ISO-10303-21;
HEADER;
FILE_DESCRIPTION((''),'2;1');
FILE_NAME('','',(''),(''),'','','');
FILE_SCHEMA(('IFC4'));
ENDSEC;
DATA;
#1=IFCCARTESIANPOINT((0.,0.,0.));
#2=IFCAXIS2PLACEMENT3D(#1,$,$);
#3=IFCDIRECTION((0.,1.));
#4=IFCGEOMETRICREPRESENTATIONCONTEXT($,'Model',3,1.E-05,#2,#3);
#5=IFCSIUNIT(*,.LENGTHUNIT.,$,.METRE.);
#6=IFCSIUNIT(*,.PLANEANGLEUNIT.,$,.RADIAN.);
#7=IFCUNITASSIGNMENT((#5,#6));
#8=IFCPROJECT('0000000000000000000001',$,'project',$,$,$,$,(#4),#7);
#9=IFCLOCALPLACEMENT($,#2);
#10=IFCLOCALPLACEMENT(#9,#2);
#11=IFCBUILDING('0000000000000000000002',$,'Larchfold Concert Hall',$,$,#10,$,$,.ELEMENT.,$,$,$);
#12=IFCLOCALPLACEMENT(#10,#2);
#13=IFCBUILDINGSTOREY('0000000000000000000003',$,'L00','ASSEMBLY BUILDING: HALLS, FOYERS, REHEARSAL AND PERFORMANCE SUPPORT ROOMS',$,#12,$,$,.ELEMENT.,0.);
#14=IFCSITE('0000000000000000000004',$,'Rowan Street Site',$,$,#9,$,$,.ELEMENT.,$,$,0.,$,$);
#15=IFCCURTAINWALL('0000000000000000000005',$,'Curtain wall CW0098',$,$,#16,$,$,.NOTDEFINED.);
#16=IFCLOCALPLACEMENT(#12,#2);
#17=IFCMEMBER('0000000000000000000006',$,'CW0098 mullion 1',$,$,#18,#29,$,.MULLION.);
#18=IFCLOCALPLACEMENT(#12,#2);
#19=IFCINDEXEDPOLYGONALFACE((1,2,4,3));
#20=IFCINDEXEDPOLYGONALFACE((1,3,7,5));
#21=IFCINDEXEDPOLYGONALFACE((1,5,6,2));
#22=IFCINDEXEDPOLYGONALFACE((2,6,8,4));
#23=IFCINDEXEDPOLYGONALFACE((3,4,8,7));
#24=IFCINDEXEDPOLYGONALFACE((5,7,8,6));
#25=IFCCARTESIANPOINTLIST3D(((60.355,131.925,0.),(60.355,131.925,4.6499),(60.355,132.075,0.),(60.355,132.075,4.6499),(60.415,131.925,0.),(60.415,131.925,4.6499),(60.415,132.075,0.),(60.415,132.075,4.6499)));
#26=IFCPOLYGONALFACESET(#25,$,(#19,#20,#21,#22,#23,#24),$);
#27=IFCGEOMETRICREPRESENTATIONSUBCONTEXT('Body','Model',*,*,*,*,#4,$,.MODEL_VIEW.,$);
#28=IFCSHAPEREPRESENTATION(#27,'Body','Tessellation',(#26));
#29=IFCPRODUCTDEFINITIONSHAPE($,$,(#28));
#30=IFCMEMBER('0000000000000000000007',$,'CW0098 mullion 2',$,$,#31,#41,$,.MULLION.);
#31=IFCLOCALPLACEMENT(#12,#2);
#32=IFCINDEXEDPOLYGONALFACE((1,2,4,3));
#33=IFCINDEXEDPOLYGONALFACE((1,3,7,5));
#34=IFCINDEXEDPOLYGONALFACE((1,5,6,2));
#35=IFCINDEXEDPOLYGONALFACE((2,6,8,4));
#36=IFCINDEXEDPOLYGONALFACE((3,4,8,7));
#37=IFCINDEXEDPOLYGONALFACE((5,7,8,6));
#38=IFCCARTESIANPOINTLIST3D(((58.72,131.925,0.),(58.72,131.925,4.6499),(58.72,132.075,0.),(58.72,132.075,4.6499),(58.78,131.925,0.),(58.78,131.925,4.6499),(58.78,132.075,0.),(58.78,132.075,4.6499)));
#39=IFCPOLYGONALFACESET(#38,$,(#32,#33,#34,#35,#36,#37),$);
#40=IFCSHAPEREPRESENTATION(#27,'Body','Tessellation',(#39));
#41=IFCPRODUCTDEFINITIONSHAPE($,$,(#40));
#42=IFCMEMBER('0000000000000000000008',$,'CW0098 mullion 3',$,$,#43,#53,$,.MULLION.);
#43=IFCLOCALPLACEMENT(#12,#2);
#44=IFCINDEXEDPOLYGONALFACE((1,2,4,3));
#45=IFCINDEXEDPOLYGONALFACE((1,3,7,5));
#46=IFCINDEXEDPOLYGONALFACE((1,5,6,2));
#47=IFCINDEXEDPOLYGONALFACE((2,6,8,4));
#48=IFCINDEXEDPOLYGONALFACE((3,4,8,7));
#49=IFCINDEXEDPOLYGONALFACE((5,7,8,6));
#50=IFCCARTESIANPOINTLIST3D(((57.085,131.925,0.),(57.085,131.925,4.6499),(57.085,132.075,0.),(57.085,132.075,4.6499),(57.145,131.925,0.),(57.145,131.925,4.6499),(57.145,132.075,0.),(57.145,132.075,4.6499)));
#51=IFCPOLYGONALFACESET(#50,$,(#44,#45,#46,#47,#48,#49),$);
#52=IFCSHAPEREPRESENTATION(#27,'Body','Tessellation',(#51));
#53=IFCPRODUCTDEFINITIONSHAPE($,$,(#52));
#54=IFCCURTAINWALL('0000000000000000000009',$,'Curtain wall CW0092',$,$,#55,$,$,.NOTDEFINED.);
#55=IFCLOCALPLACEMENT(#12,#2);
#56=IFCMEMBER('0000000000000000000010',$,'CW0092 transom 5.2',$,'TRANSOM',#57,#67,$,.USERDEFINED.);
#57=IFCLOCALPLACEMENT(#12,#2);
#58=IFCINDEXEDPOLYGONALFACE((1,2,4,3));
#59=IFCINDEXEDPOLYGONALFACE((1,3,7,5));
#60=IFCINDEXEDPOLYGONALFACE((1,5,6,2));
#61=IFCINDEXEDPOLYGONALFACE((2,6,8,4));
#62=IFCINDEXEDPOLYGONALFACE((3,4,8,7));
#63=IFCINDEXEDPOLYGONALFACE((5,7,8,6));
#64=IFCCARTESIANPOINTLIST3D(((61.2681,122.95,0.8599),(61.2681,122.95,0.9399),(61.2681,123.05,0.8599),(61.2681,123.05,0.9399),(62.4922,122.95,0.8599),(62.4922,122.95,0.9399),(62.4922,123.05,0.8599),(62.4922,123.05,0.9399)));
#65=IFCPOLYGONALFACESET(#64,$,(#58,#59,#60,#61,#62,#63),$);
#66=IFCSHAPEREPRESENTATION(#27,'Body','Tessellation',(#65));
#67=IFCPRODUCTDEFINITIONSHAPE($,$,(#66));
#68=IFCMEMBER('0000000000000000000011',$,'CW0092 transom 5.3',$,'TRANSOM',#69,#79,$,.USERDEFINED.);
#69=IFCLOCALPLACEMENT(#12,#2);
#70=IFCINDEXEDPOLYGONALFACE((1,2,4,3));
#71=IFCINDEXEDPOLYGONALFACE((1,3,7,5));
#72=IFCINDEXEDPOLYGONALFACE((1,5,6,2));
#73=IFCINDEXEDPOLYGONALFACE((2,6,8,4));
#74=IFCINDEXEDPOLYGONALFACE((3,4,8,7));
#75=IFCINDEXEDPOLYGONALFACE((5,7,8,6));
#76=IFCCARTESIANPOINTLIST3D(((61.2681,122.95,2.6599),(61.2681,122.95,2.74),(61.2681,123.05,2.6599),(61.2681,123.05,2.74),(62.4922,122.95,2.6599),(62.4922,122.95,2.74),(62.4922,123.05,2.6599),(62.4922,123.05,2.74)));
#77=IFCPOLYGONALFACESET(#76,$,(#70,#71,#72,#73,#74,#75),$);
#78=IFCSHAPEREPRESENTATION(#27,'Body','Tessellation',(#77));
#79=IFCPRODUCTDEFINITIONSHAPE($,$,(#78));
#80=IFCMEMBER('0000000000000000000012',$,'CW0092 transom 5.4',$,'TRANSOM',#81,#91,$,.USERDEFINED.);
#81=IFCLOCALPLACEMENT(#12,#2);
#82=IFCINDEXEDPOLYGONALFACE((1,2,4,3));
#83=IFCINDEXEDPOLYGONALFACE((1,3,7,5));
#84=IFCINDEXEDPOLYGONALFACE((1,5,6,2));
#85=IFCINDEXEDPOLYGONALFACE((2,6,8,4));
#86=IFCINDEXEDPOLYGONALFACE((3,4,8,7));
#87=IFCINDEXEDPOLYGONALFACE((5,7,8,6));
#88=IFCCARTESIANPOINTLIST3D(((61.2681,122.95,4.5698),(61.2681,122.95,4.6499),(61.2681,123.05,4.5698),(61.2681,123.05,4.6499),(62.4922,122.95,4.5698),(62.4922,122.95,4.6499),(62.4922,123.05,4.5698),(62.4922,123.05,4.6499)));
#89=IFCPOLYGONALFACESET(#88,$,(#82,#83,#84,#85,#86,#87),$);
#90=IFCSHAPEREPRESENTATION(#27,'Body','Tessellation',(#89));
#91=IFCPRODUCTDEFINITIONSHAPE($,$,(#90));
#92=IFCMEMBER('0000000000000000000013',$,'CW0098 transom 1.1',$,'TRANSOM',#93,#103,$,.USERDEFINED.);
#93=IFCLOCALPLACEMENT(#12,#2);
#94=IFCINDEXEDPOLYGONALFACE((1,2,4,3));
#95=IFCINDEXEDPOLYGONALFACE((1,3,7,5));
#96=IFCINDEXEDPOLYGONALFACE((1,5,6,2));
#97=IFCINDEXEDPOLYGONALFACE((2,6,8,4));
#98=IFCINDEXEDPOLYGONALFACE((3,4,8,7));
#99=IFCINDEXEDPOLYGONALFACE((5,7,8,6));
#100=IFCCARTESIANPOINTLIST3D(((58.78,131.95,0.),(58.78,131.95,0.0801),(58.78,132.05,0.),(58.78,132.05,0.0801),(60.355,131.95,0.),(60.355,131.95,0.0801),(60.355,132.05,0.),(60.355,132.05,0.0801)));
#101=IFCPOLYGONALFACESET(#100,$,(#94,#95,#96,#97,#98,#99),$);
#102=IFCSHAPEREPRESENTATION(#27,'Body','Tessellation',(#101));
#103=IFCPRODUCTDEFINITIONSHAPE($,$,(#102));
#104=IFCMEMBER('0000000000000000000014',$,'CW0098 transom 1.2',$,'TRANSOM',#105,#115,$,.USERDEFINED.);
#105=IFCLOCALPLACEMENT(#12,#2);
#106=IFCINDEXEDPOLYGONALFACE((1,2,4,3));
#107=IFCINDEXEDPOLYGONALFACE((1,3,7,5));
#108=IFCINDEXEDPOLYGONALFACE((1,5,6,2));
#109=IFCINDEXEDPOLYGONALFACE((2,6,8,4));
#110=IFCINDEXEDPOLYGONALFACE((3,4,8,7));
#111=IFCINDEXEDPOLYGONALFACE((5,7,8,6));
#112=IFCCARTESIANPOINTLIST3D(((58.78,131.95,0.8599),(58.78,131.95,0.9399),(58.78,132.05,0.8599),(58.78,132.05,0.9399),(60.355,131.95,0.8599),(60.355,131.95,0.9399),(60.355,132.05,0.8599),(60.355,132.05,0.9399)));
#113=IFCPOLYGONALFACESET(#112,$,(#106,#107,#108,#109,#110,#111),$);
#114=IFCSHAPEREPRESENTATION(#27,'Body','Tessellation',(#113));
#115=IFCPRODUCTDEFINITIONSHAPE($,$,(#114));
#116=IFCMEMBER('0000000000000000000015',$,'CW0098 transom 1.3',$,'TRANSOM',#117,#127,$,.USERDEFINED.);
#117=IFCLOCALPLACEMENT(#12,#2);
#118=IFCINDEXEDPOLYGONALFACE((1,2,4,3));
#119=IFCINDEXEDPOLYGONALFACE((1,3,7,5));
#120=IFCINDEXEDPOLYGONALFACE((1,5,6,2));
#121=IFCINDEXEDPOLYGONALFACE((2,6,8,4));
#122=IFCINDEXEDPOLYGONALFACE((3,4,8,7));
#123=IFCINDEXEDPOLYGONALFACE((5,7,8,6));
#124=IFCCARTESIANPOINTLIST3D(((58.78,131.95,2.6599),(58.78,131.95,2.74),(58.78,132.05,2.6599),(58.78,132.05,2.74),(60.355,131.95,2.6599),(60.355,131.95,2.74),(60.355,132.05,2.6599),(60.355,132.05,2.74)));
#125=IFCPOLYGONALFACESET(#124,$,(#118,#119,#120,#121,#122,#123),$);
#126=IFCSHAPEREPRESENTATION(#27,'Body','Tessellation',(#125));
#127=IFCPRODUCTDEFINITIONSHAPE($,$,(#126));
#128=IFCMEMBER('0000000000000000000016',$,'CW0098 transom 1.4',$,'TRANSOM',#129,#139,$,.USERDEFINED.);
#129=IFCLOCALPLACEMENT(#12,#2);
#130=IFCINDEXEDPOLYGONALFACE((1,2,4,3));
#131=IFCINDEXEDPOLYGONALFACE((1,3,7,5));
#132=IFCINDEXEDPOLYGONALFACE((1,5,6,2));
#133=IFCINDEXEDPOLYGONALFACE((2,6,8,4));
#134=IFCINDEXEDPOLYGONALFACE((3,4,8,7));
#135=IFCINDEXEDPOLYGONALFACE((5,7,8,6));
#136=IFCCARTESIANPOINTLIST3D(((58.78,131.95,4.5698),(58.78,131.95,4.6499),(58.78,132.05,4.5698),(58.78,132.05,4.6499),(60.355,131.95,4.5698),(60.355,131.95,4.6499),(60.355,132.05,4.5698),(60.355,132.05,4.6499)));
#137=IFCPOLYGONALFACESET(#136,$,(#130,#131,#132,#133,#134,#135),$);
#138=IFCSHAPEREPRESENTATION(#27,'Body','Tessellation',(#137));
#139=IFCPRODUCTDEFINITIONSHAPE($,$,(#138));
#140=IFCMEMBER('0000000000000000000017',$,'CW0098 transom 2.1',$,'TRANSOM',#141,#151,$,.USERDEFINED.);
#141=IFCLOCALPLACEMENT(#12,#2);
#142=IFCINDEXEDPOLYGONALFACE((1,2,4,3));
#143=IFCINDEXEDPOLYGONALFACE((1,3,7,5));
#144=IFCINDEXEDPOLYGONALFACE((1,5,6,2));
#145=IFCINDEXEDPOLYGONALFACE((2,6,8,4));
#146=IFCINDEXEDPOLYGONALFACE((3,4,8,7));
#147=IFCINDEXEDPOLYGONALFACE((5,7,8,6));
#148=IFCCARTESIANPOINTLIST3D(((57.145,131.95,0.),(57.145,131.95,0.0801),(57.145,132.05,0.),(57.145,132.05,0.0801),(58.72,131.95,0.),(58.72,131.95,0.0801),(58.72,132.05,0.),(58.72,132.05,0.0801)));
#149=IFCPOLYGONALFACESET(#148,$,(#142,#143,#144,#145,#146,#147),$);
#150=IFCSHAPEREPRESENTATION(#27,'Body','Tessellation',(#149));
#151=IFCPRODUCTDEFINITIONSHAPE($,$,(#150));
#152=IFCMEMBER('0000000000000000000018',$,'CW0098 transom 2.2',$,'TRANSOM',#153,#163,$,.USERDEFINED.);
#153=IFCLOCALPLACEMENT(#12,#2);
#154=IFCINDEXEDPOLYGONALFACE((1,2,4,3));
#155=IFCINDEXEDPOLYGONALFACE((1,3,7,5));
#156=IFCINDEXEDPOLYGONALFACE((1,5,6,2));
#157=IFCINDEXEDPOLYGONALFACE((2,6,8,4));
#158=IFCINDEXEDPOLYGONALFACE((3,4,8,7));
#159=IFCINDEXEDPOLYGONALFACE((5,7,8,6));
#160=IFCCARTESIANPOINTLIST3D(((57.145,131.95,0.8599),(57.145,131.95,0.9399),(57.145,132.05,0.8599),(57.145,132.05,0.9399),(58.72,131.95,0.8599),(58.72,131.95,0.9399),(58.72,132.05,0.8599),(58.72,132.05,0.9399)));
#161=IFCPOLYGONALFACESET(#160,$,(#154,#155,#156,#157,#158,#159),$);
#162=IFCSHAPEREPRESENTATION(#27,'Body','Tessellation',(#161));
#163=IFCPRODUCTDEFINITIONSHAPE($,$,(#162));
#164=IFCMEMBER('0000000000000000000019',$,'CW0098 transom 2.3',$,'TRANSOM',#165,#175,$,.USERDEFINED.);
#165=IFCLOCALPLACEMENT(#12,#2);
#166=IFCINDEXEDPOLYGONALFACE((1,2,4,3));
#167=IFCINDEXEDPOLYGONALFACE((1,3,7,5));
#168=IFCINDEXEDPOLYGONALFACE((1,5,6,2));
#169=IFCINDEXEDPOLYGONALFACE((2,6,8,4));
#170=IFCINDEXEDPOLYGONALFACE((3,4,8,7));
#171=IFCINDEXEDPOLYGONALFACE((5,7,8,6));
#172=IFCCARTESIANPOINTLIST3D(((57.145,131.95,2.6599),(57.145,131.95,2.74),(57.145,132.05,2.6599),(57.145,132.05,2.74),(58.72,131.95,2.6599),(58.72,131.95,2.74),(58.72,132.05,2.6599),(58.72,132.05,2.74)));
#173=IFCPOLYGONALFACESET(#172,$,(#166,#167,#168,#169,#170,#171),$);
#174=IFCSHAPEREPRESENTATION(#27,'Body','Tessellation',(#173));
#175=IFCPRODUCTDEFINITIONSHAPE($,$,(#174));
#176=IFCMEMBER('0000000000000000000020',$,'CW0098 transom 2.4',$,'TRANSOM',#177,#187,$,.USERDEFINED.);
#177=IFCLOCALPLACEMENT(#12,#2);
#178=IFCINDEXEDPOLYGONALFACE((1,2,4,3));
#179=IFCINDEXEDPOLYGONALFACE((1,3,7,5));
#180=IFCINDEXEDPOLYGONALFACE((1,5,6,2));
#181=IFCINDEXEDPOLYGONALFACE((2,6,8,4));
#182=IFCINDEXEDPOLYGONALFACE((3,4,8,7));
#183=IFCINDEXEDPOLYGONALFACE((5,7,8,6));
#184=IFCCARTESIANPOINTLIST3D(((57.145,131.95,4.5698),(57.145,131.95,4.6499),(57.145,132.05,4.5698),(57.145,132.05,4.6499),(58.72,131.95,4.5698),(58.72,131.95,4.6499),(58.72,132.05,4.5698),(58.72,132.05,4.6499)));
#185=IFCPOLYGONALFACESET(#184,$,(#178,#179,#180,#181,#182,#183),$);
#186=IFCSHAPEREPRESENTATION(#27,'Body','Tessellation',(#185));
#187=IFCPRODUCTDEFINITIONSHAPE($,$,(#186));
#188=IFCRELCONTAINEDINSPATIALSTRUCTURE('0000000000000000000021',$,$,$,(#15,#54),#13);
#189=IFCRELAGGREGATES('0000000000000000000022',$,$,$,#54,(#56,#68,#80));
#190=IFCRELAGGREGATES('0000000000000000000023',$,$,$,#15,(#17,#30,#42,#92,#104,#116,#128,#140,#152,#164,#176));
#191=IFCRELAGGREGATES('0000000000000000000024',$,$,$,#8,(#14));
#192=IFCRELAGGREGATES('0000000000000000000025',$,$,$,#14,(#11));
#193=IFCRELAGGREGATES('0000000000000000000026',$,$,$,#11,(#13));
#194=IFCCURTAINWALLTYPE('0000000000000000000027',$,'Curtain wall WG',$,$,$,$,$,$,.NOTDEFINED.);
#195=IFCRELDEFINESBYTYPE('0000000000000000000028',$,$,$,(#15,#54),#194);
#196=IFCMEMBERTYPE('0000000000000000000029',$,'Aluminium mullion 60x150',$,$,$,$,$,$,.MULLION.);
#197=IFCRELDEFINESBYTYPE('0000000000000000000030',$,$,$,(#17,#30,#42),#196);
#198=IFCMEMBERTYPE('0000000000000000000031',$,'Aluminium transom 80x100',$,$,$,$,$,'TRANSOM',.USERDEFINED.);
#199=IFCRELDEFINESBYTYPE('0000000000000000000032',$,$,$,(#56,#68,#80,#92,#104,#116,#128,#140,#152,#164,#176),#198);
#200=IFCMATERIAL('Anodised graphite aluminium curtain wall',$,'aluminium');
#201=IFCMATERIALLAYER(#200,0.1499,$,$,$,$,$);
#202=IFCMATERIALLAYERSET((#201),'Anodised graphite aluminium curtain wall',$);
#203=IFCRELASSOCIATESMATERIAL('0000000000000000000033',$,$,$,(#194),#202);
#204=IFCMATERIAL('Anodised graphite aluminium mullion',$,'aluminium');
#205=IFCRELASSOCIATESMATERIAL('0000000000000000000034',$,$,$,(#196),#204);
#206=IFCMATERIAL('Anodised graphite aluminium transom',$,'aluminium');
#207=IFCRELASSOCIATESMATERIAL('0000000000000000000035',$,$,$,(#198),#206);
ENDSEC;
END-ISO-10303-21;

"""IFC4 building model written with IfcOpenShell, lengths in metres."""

from ifc_helpers import new_model, si_unit, direction, frame, origin, origin_2d, place, context, subcontext, project, spatial, rectangle, extrude, material, layer, layer_set, material_profile, profile_set, type_object, element, aggregate, save


model = new_model("IFC4")

# Units and contexts
model_context = context("Model", 3, precision=1e-05, world=origin(), true_north=direction((0.0, 1.0)))
body_context = subcontext(model_context, "Body", "Model", "MODEL_VIEW")
ifc_project = project(units=[si_unit("LENGTHUNIT", "METRE"), si_unit("PLANEANGLEUNIT", "RADIAN")], contexts=[model_context])

# Site, building, storey
site_placement = place(None, origin())
site = spatial("IfcSite", under=ifc_project, at=site_placement, Name="Rowan Street Site", CompositionType="ELEMENT", RefElevation=0.0)
building_placement = place(site_placement, origin())
building = spatial("IfcBuilding", under=site, at=building_placement, Name="Larchfold Concert Hall", CompositionType="ELEMENT")
storey_placement = place(building_placement, origin())
storey = spatial("IfcBuildingStorey", under=building, at=storey_placement, Name="L00", Description="ASSEMBLY BUILDING: HALLS, FOYERS, REHEARSAL AND PERFORMANCE SUPPORT ROOMS", CompositionType="ELEMENT", Elevation=0.0)

# Curtain walls, members
ifc_material_1 = material(Name="Anodised graphite aluminium curtain wall", Category="aluminium")
ifc_layer_1 = layer(ifc_material_1, 0.1499)
ifc_layer_set_1 = layer_set([ifc_layer_1], Name="Anodised graphite aluminium curtain wall")
curtain_wall_type = type_object("IfcCurtainWallType", Name="Curtain wall WG", PredefinedType="NOTDEFINED", material=ifc_layer_set_1)
curtain_wall_1_placement = place(storey_placement, origin())
curtain_wall_1 = element("IfcCurtainWall", 1, at=curtain_wall_1_placement, inside=storey, type_object=curtain_wall_type, Name="Curtain wall CW0098", PredefinedType="NOTDEFINED")
ifc_material_2 = material(Name="Anodised graphite aluminium mullion", Category="aluminium")
ifc_material_profile_1 = material_profile(ifc_material_2, rectangle(XDim=0.1499, YDim=0.0601, at=origin_2d()))
ifc_profile_set_1 = profile_set([ifc_material_profile_1], Name="Anodised graphite aluminium mullion")
member_type_1 = type_object("IfcMemberType", Name="Aluminium mullion 60x150", PredefinedType="MULLION", material=ifc_profile_set_1)
member_1_placement = place(storey_placement, frame((60.385, 132.0, 0.0), z_axis=(0.0, 0.0, 1.0), x_axis=(0.0, -1.0, 0.0)))
member_1 = element("IfcMember", 2, at=member_1_placement, type_object=member_type_1, Name="CW0098 mullion 1", PredefinedType="MULLION", context=body_context, shape_type="SweptSolid", body=[
    extrude(rectangle(XDim=0.1499, YDim=0.0601, at=origin_2d()), origin(), (0.0, 0.0, 1.0), 4.6499),
])
member_2_placement = place(storey_placement, frame((58.75, 132.0, 0.0), z_axis=(0.0, 0.0, 1.0), x_axis=(0.0, -1.0, 0.0)))
member_2 = element("IfcMember", 3, at=member_2_placement, type_object=member_type_1, Name="CW0098 mullion 2", PredefinedType="MULLION", context=body_context, shape_type="SweptSolid", body=[
    extrude(rectangle(XDim=0.1499, YDim=0.0601, at=origin_2d()), origin(), (0.0, 0.0, 1.0), 4.6499),
])
member_3_placement = place(storey_placement, frame((57.115, 132.0, 0.0), z_axis=(0.0, 0.0, 1.0), x_axis=(0.0, -1.0, 0.0)))
member_3 = element("IfcMember", 4, at=member_3_placement, type_object=member_type_1, Name="CW0098 mullion 3", PredefinedType="MULLION", context=body_context, shape_type="SweptSolid", body=[
    extrude(rectangle(XDim=0.1499, YDim=0.0601, at=origin_2d()), origin(), (0.0, 0.0, 1.0), 4.6499),
])
curtain_wall_2_placement = place(storey_placement, origin())
curtain_wall_2 = element("IfcCurtainWall", 5, at=curtain_wall_2_placement, inside=storey, type_object=curtain_wall_type, Name="Curtain wall CW0092", PredefinedType="NOTDEFINED")
ifc_material_3 = material(Name="Anodised graphite aluminium transom", Category="aluminium")
ifc_material_profile_2 = material_profile(ifc_material_3, rectangle(XDim=0.1001, YDim=0.0801, at=origin_2d()))
ifc_profile_set_2 = profile_set([ifc_material_profile_2], Name="Anodised graphite aluminium transom")
member_type_2 = type_object("IfcMemberType", Name="Aluminium transom 80x100", ElementType="TRANSOM", PredefinedType="USERDEFINED", material=ifc_profile_set_2)
member_4_placement = place(storey_placement, frame((61.2681, 123.0, 0.8999), z_axis=(1.0, 0.0, 0.0), x_axis=(0.0, 1.0, 0.0)))
member_4 = element("IfcMember", 6, at=member_4_placement, type_object=member_type_2, Name="CW0092 transom 5.2", ObjectType="TRANSOM", PredefinedType="USERDEFINED", context=body_context, shape_type="SweptSolid", body=[
    extrude(rectangle(XDim=0.1001, YDim=0.0801, at=origin_2d()), origin(), (0.0, 0.0, 1.0), 1.2241),
])
member_5_placement = place(storey_placement, frame((61.2681, 123.0, 2.7), z_axis=(1.0, 0.0, 0.0), x_axis=(0.0, 1.0, 0.0)))
member_5 = element("IfcMember", 7, at=member_5_placement, type_object=member_type_2, Name="CW0092 transom 5.3", ObjectType="TRANSOM", PredefinedType="USERDEFINED", context=body_context, shape_type="SweptSolid", body=[
    extrude(rectangle(XDim=0.1001, YDim=0.0801, at=origin_2d()), origin(), (0.0, 0.0, 1.0), 1.2241),
])
member_6_placement = place(storey_placement, frame((61.2681, 123.0, 4.6099), z_axis=(1.0, 0.0, 0.0), x_axis=(0.0, 1.0, 0.0)))
member_6 = element("IfcMember", 8, at=member_6_placement, type_object=member_type_2, Name="CW0092 transom 5.4", ObjectType="TRANSOM", PredefinedType="USERDEFINED", context=body_context, shape_type="SweptSolid", body=[
    extrude(rectangle(XDim=0.1001, YDim=0.0801, at=origin_2d()), origin(), (0.0, 0.0, 1.0), 1.2241),
])

# Members
member_7_placement = place(storey_placement, frame((60.355, 132.0, 0.04), z_axis=(-1.0, 0.0, 0.0), x_axis=(0.0, -1.0, 0.0)))
member_7 = element("IfcMember", 9, at=member_7_placement, type_object=member_type_2, Name="CW0098 transom 1.1", ObjectType="TRANSOM", PredefinedType="USERDEFINED", context=body_context, shape_type="SweptSolid", body=[
    extrude(rectangle(XDim=0.1001, YDim=0.0801, at=origin_2d()), origin(), (0.0, 0.0, 1.0), 1.575),
])
member_8_placement = place(storey_placement, frame((60.355, 132.0, 0.8999), z_axis=(-1.0, 0.0, 0.0), x_axis=(0.0, -1.0, 0.0)))
member_8 = element("IfcMember", 10, at=member_8_placement, type_object=member_type_2, Name="CW0098 transom 1.2", ObjectType="TRANSOM", PredefinedType="USERDEFINED", context=body_context, shape_type="SweptSolid", body=[
    extrude(rectangle(XDim=0.1001, YDim=0.0801, at=origin_2d()), origin(), (0.0, 0.0, 1.0), 1.575),
])
member_9_placement = place(storey_placement, frame((60.355, 132.0, 2.7), z_axis=(-1.0, 0.0, 0.0), x_axis=(0.0, -1.0, 0.0)))
member_9 = element("IfcMember", 11, at=member_9_placement, type_object=member_type_2, Name="CW0098 transom 1.3", ObjectType="TRANSOM", PredefinedType="USERDEFINED", context=body_context, shape_type="SweptSolid", body=[
    extrude(rectangle(XDim=0.1001, YDim=0.0801, at=origin_2d()), origin(), (0.0, 0.0, 1.0), 1.575),
])
member_10_placement = place(storey_placement, frame((60.355, 132.0, 4.6099), z_axis=(-1.0, 0.0, 0.0), x_axis=(0.0, -1.0, 0.0)))
member_10 = element("IfcMember", 12, at=member_10_placement, type_object=member_type_2, Name="CW0098 transom 1.4", ObjectType="TRANSOM", PredefinedType="USERDEFINED", context=body_context, shape_type="SweptSolid", body=[
    extrude(rectangle(XDim=0.1001, YDim=0.0801, at=origin_2d()), origin(), (0.0, 0.0, 1.0), 1.575),
])
member_11_placement = place(storey_placement, frame((58.72, 132.0, 0.04), z_axis=(-1.0, 0.0, 0.0), x_axis=(0.0, -1.0, 0.0)))
member_11 = element("IfcMember", 13, at=member_11_placement, type_object=member_type_2, Name="CW0098 transom 2.1", ObjectType="TRANSOM", PredefinedType="USERDEFINED", context=body_context, shape_type="SweptSolid", body=[
    extrude(rectangle(XDim=0.1001, YDim=0.0801, at=origin_2d()), origin(), (0.0, 0.0, 1.0), 1.575),
])
member_12_placement = place(storey_placement, frame((58.72, 132.0, 0.8999), z_axis=(-1.0, 0.0, 0.0), x_axis=(0.0, -1.0, 0.0)))
member_12 = element("IfcMember", 14, at=member_12_placement, type_object=member_type_2, Name="CW0098 transom 2.2", ObjectType="TRANSOM", PredefinedType="USERDEFINED", context=body_context, shape_type="SweptSolid", body=[
    extrude(rectangle(XDim=0.1001, YDim=0.0801, at=origin_2d()), origin(), (0.0, 0.0, 1.0), 1.575),
])
member_13_placement = place(storey_placement, frame((58.72, 132.0, 2.7), z_axis=(-1.0, 0.0, 0.0), x_axis=(0.0, -1.0, 0.0)))
member_13 = element("IfcMember", 15, at=member_13_placement, type_object=member_type_2, Name="CW0098 transom 2.3", ObjectType="TRANSOM", PredefinedType="USERDEFINED", context=body_context, shape_type="SweptSolid", body=[
    extrude(rectangle(XDim=0.1001, YDim=0.0801, at=origin_2d()), origin(), (0.0, 0.0, 1.0), 1.575),
])
member_14_placement = place(storey_placement, frame((58.72, 132.0, 4.6099), z_axis=(-1.0, 0.0, 0.0), x_axis=(0.0, -1.0, 0.0)))
member_14 = element("IfcMember", 16, at=member_14_placement, type_object=member_type_2, Name="CW0098 transom 2.4", ObjectType="TRANSOM", PredefinedType="USERDEFINED", context=body_context, shape_type="SweptSolid", body=[
    extrude(rectangle(XDim=0.1001, YDim=0.0801, at=origin_2d()), origin(), (0.0, 0.0, 1.0), 1.575),
])

aggregate(curtain_wall_2, [member_4, member_5, member_6])
aggregate(curtain_wall_1, [member_1, member_2, member_3, member_7, member_8, member_9, member_10, member_11, member_12, member_13, member_14])

save(model, "model.ifc")
